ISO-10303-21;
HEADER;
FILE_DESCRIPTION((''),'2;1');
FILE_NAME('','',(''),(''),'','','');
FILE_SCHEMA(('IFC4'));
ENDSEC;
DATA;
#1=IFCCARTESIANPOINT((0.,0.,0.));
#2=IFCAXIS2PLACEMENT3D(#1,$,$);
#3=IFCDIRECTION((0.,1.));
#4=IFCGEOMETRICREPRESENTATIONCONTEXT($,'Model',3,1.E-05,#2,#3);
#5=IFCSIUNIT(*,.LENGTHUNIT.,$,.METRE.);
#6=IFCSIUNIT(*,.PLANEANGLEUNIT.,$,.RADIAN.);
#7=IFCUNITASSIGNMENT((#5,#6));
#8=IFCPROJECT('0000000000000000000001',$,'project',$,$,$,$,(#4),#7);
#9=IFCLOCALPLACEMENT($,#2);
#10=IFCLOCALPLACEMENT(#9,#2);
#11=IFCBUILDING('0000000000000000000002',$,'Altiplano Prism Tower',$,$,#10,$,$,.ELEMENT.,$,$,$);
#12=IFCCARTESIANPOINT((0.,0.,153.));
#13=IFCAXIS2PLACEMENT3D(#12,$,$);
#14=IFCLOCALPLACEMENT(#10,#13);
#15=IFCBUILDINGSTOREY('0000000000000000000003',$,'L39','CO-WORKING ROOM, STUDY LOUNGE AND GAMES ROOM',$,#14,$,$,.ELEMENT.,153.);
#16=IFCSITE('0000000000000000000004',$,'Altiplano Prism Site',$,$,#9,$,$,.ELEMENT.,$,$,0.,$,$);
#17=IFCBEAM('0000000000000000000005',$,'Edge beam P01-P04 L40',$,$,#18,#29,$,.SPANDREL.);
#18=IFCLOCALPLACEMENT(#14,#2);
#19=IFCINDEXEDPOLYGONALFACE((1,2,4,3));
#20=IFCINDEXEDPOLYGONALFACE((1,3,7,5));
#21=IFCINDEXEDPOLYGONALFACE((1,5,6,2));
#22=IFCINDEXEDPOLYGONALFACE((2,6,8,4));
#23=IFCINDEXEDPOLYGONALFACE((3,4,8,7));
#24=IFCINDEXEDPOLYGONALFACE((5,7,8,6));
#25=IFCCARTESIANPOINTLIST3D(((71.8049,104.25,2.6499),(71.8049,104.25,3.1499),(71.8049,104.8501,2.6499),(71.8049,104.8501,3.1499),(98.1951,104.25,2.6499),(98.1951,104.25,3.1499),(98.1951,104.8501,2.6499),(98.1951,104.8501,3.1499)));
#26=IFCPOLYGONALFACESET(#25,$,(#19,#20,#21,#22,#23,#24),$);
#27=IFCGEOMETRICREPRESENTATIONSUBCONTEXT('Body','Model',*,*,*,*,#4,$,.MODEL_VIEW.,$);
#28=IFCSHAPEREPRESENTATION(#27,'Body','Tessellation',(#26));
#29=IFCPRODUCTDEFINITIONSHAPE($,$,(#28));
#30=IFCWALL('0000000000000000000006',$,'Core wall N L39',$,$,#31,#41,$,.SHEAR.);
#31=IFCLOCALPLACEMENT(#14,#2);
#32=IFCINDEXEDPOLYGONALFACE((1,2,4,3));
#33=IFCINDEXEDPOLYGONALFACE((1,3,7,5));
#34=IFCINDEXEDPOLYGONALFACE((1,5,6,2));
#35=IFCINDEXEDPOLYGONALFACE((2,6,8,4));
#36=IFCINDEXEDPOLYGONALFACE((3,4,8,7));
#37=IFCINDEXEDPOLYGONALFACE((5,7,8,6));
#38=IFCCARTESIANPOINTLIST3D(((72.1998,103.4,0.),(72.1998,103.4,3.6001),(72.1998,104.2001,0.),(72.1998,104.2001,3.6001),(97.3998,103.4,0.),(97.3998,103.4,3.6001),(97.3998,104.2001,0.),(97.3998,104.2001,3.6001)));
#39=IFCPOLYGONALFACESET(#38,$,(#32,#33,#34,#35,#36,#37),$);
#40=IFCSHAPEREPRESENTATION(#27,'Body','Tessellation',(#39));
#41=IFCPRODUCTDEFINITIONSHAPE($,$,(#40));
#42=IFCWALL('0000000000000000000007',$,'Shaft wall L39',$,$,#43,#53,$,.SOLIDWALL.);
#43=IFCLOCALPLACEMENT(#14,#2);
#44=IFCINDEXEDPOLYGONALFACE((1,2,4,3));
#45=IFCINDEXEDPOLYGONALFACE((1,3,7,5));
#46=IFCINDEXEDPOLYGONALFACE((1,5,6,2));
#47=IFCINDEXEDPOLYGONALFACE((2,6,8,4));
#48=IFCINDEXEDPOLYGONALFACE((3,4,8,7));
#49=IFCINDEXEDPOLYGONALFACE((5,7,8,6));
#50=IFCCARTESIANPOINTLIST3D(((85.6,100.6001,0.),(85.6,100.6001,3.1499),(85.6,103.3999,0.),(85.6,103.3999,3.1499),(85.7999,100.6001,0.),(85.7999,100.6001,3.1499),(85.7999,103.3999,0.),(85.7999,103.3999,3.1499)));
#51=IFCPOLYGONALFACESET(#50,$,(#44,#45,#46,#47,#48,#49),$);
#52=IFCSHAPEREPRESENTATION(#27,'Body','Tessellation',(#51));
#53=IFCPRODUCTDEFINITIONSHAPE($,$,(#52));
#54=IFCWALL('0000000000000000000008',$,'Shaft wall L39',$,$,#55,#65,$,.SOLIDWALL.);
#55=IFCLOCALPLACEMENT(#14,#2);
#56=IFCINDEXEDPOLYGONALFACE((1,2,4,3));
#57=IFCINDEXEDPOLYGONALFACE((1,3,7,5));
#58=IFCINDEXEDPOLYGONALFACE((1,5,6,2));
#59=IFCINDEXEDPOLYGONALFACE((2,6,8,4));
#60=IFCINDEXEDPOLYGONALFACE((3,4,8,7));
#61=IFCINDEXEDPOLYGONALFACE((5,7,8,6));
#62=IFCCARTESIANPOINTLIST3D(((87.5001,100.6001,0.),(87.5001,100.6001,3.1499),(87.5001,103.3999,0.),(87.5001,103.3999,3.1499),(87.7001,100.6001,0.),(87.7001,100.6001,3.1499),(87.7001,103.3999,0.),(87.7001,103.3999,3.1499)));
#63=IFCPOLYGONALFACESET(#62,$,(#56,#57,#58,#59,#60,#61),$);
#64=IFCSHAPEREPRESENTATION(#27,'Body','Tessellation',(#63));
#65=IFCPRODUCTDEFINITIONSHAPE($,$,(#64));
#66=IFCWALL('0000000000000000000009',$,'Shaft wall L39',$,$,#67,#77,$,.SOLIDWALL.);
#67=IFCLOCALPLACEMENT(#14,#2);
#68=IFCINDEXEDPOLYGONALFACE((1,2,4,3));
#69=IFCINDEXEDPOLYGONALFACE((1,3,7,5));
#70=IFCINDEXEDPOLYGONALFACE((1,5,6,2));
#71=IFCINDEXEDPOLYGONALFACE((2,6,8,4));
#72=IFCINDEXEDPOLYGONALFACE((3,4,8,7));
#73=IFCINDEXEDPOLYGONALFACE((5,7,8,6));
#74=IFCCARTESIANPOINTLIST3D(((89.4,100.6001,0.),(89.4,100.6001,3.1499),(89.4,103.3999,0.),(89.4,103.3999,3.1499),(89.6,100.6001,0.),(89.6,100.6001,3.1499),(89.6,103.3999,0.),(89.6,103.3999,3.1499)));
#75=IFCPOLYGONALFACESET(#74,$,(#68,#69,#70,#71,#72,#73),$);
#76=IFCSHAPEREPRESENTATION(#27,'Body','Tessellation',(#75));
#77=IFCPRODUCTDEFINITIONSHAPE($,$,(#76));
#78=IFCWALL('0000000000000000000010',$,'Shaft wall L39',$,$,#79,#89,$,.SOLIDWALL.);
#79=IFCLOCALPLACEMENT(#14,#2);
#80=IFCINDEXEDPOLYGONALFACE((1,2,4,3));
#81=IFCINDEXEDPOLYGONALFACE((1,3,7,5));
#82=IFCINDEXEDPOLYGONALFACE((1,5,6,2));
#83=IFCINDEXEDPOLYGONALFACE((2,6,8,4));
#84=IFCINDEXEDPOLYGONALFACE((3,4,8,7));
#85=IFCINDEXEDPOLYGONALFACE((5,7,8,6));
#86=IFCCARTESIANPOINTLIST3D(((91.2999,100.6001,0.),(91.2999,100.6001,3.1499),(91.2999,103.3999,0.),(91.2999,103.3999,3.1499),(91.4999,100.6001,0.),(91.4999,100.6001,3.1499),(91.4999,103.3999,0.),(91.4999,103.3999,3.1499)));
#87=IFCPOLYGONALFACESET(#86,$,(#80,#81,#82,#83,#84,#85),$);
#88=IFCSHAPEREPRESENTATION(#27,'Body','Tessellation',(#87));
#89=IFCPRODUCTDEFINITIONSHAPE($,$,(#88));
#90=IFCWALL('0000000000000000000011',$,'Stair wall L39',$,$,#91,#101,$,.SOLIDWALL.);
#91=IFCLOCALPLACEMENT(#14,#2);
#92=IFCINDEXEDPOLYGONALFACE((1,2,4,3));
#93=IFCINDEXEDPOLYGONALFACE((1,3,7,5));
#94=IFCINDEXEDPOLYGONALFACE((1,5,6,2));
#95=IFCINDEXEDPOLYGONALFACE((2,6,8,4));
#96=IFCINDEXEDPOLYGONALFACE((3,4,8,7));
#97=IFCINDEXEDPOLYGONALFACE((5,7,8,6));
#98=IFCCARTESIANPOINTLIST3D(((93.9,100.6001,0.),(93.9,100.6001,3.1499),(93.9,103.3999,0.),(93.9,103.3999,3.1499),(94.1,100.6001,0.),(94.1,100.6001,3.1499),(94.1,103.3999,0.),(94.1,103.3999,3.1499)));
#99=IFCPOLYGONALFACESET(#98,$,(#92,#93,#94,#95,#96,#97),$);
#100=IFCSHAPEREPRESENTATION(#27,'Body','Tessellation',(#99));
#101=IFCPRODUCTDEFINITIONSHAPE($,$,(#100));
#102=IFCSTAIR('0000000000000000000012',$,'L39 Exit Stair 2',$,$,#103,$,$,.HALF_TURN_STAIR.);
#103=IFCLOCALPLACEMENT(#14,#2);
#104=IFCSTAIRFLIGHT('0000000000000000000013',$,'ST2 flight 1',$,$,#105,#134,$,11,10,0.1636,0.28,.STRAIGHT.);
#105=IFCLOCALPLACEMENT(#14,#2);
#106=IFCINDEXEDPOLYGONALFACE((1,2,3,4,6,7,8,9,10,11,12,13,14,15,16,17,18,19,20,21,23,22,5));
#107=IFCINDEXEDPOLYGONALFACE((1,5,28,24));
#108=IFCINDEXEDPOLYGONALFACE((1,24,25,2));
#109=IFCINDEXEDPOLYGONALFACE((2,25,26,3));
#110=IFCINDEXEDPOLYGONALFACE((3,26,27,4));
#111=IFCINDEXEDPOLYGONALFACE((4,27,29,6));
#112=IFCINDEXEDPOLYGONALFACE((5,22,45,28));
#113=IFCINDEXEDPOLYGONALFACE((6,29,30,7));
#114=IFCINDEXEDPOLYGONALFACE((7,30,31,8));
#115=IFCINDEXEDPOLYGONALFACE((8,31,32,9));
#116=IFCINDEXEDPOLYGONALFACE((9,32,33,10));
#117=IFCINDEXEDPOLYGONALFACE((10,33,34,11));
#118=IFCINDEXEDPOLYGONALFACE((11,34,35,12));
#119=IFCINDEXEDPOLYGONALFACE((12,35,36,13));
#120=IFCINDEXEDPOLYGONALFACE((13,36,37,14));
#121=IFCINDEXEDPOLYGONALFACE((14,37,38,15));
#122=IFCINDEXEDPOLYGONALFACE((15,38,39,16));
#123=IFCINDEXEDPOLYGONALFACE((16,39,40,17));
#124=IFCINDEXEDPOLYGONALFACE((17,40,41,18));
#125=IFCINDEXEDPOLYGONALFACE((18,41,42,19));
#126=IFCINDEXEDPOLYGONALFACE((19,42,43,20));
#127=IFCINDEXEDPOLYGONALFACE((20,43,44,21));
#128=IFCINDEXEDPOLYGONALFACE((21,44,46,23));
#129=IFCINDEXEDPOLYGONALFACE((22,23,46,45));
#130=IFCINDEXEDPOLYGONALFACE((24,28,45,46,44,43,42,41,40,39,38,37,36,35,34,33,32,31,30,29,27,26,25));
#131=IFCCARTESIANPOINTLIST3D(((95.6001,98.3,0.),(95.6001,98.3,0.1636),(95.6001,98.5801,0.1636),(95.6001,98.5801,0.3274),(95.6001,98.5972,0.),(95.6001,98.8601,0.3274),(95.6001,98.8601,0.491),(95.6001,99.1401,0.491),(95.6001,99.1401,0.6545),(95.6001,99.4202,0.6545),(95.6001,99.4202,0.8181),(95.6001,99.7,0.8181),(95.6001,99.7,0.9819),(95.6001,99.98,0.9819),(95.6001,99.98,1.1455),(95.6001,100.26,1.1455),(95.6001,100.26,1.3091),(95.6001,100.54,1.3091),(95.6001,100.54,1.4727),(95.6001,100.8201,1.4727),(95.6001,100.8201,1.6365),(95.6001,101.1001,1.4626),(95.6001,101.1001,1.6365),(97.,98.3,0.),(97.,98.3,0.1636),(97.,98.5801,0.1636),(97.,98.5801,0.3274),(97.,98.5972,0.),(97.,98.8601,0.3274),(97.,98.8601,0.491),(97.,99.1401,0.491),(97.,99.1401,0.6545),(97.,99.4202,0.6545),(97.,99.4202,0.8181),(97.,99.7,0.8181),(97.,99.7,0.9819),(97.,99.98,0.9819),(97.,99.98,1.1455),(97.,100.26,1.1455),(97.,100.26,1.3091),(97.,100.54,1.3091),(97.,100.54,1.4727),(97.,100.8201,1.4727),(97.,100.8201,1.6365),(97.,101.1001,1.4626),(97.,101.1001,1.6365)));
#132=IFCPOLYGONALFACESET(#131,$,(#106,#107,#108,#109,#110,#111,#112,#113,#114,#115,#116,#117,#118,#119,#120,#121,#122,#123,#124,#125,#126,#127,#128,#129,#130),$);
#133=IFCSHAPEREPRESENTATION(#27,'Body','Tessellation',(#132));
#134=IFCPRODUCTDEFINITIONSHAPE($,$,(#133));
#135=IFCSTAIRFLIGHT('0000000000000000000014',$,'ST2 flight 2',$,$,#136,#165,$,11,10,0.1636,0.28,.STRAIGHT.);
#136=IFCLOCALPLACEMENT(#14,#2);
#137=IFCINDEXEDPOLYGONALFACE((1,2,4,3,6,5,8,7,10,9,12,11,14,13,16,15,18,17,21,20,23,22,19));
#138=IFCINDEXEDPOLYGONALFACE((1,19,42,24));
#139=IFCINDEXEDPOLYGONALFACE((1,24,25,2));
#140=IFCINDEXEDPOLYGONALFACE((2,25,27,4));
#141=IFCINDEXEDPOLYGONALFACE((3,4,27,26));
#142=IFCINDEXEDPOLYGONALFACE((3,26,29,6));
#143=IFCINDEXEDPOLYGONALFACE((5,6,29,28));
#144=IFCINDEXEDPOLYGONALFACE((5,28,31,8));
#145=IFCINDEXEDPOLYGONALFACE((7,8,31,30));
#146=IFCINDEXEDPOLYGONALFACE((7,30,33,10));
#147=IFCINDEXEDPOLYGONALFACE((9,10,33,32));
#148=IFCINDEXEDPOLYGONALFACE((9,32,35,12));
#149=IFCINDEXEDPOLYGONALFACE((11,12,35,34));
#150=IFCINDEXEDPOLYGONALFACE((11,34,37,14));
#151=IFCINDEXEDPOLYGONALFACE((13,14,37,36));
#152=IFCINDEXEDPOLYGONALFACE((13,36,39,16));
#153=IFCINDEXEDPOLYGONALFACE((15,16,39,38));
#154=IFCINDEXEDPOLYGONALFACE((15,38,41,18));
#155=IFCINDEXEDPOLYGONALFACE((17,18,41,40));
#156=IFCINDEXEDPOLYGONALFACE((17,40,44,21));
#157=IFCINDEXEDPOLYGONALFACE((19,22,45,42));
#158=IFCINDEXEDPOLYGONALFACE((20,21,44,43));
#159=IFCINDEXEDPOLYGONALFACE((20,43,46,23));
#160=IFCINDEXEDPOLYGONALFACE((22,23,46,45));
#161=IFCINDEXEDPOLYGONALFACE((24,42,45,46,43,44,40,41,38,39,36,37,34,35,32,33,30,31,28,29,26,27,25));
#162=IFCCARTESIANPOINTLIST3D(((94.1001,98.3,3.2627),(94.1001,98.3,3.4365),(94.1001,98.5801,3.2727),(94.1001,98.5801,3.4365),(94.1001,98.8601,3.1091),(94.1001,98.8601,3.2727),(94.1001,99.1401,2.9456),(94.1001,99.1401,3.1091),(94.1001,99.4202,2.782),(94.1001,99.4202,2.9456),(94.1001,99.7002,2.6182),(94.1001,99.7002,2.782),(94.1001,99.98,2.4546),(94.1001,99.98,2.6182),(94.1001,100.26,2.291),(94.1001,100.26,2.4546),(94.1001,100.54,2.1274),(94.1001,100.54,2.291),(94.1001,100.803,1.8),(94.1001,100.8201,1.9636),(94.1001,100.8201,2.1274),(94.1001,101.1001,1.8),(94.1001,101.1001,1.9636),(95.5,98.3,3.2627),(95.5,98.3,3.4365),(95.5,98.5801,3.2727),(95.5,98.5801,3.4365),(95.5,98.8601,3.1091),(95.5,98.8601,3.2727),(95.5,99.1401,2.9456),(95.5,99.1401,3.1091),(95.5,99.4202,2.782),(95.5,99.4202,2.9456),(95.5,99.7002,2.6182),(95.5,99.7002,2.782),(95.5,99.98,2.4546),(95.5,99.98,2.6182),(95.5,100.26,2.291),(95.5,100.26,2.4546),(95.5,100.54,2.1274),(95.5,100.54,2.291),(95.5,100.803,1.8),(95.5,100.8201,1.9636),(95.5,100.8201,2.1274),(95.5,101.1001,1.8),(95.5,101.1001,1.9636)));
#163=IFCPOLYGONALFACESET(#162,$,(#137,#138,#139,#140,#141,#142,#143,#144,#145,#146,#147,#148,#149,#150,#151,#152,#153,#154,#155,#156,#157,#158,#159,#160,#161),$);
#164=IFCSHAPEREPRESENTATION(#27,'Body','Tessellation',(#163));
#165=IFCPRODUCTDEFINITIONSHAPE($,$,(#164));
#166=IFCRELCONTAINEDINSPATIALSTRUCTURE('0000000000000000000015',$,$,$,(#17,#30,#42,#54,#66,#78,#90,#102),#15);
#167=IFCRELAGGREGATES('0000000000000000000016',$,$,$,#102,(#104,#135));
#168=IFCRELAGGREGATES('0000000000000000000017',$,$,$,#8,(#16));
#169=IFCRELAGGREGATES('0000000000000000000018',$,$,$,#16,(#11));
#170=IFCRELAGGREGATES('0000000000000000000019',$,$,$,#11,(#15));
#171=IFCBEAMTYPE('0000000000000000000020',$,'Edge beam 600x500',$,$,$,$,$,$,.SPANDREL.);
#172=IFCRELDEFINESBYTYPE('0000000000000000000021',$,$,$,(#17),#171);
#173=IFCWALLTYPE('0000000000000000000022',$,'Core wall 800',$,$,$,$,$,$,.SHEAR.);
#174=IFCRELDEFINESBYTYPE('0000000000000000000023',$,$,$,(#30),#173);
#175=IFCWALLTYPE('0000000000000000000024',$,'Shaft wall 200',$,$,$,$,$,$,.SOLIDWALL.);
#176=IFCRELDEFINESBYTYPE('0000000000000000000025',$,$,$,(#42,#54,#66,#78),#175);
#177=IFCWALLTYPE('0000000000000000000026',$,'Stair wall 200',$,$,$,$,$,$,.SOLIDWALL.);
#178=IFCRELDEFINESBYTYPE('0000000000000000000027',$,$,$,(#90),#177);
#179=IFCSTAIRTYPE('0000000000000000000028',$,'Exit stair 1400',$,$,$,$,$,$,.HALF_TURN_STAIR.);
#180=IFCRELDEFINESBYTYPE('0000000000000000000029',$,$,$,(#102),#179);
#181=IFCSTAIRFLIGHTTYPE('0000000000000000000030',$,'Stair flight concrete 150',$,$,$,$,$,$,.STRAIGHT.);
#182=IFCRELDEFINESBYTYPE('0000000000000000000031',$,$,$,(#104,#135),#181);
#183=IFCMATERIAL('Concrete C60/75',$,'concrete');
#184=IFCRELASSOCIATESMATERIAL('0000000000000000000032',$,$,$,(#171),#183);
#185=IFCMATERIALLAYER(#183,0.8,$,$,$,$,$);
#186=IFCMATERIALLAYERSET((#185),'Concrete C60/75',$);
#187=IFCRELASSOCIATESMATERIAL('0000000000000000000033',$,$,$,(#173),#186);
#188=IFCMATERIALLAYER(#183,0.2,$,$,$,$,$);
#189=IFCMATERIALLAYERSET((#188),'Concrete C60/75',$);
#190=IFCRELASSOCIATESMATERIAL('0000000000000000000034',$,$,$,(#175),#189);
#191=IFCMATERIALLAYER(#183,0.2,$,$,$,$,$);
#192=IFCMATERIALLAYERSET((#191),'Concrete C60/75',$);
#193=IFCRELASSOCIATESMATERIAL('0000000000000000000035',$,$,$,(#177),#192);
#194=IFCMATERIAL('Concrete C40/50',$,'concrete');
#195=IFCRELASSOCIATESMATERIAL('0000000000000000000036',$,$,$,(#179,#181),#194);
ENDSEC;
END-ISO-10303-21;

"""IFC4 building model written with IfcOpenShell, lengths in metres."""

from ifc_helpers import new_model, si_unit, direction, frame, frame_2d, origin, origin_2d, place, context, subcontext, project, spatial, polyline, rectangle, outline, extrude, material, layer, layer_set, material_profile, profile_set, type_object, element, aggregate, save


model = new_model("IFC4")

# Units and contexts
model_context = context("Model", 3, precision=1e-05, world=origin(), true_north=direction((0.0, 1.0)))
body_context = subcontext(model_context, "Body", "Model", "MODEL_VIEW")
ifc_project = project(units=[si_unit("LENGTHUNIT", "METRE"), si_unit("PLANEANGLEUNIT", "RADIAN")], contexts=[model_context])

# Site, building, storey
site_placement = place(None, origin())
site = spatial("IfcSite", under=ifc_project, at=site_placement, Name="Altiplano Prism Site", CompositionType="ELEMENT", RefElevation=0.0)
building_placement = place(site_placement, origin())
building = spatial("IfcBuilding", under=site, at=building_placement, Name="Altiplano Prism Tower", CompositionType="ELEMENT")
storey_placement = place(building_placement, frame((0.0, 0.0, 153.0)))
storey = spatial("IfcBuildingStorey", under=building, at=storey_placement, Name="L39", Description="CO-WORKING ROOM, STUDY LOUNGE AND GAMES ROOM", CompositionType="ELEMENT", Elevation=153.0)

# Beam
ifc_material_1 = material(Name="Concrete C60/75", Category="concrete")
ifc_material_profile = material_profile(ifc_material_1, rectangle(XDim=0.6001, YDim=0.5, at=origin_2d()), Name="Edge beam 600x500")
ifc_profile_set = profile_set([ifc_material_profile], Name="Concrete C60/75")
beam_type = type_object("IfcBeamType", Name="Edge beam 600x500", PredefinedType="SPANDREL", material=ifc_profile_set)
beam_placement = place(storey_placement, frame((98.1951, 104.55, 2.8999), z_axis=(-1.0, 0.0, 0.0), x_axis=(0.0, -1.0, 0.0)))
element("IfcBeam", 1, at=beam_placement, inside=storey, type_object=beam_type, Name="Edge beam P01-P04 L40", PredefinedType="SPANDREL", context=body_context, shape_type="SweptSolid", body=[
    extrude(rectangle(XDim=0.6001, YDim=0.5, at=origin_2d()), origin(), (0.0, 0.0, 1.0), 26.3901),
])

# Walls
ifc_layer_1 = layer(ifc_material_1, 0.8)
ifc_layer_set_1 = layer_set([ifc_layer_1], Name="Concrete C60/75")
wall_type_1 = type_object("IfcWallType", Name="Core wall 800", PredefinedType="SHEAR", material=ifc_layer_set_1)
wall_1_placement = place(storey_placement, frame((97.3999, 103.8, 0.0), z_axis=(0.0, 0.0, 1.0), x_axis=(-1.0, 0.0, 0.0)))
element("IfcWall", 2, at=wall_1_placement, inside=storey, type_object=wall_type_1, Name="Core wall N L39", PredefinedType="SHEAR", context=body_context, shape_type="SweptSolid", body=[
    extrude(rectangle(XDim=25.2, YDim=0.8, at=frame_2d((12.6001, 0.0))), origin(), (0.0, 0.0, 1.0), 3.6001),
])
ifc_layer_2 = layer(ifc_material_1, 0.2)
ifc_layer_set_2 = layer_set([ifc_layer_2], Name="Concrete C60/75")
wall_type_2 = type_object("IfcWallType", Name="Shaft wall 200", PredefinedType="SOLIDWALL", material=ifc_layer_set_2)
for number, where, z_axis, x_axis, name in (
    (3, (85.7, 100.6001, 0.0), (0.0, 0.0, 1.0), (0.0, 1.0, 0.0), "Shaft wall L39"),
    (4, (87.6001, 100.6001, 0.0), (0.0, 0.0, 1.0), (0.0, 1.0, 0.0), "Shaft wall L39"),
    (5, (89.5, 100.6001, 0.0), (0.0, 0.0, 1.0), (0.0, 1.0, 0.0), "Shaft wall L39"),
    (6, (91.3999, 100.6001, 0.0), (0.0, 0.0, 1.0), (0.0, 1.0, 0.0), "Shaft wall L39"),
):
    element("IfcWall", number, at=place(storey_placement, frame(where, z_axis=z_axis, x_axis=x_axis)), inside=storey, type_object=wall_type_2, Name=name, PredefinedType="SOLIDWALL", context=body_context, shape_type="SweptSolid", body=[
        extrude(rectangle(XDim=2.7998, YDim=0.2, at=frame_2d((1.3999, 0.0))), origin(), (0.0, 0.0, 1.0), 3.1499),
    ])
ifc_layer_3 = layer(ifc_material_1, 0.2)
ifc_layer_set_3 = layer_set([ifc_layer_3], Name="Concrete C60/75")
wall_type_3 = type_object("IfcWallType", Name="Stair wall 200", PredefinedType="SOLIDWALL", material=ifc_layer_set_3)
wall_2_placement = place(storey_placement, frame((94.0, 100.6001, 0.0), z_axis=(0.0, 0.0, 1.0), x_axis=(0.0, 1.0, 0.0)))
element("IfcWall", 7, at=wall_2_placement, inside=storey, type_object=wall_type_3, Name="Stair wall L39", PredefinedType="SOLIDWALL", context=body_context, shape_type="SweptSolid", body=[
    extrude(rectangle(XDim=2.7998, YDim=0.2, at=frame_2d((1.3999, 0.0))), origin(), (0.0, 0.0, 1.0), 3.1499),
])

# Stair, stair flights
ifc_material_2 = material(Name="Concrete C40/50", Category="concrete")
stair_type = type_object("IfcStairType", Name="Exit stair 1400", PredefinedType="HALF_TURN_STAIR", material=ifc_material_2)
stair_placement = place(storey_placement, origin())
stair = element("IfcStair", 8, at=stair_placement, inside=storey, type_object=stair_type, Name="L39 Exit Stair 2", PredefinedType="HALF_TURN_STAIR")
stair_flight_type = type_object("IfcStairFlightType", Name="Stair flight concrete 150", PredefinedType="STRAIGHT", material=ifc_material_2)
stair_flight_1_placement = place(storey_placement, frame((96.3, 98.3, 0.0), z_axis=(0.0, 0.0, 1.0), x_axis=(0.0, 1.0, 0.0)))
stair_flight_1 = element("IfcStairFlight", 9, at=stair_flight_1_placement, type_object=stair_flight_type, Name="ST2 flight 1", NumberOfRisers=11, NumberOfTreads=10, PredefinedType="STRAIGHT", RiserHeight=0.1636, TreadLength=0.28, context=body_context, shape_type="SweptSolid", body=[
    extrude(outline(polyline([(0.0, 0.0), (0.0, 0.1636), (0.28, 0.1636), (0.28, 0.3274), (0.5601, 0.3274), (0.5601, 0.491), (0.8401, 0.491), (0.8401, 0.6545), (1.1201, 0.6545), (1.1201, 0.8181), (1.3999, 0.8181), (1.3999, 0.9819), (1.6799, 0.9819), (1.6799, 1.1455), (1.96, 1.1455), (1.96, 1.3091), (2.24, 1.3091), (2.24, 1.4727), (2.52, 1.4727), (2.52, 1.6365), (2.8, 1.6365), (2.8, 1.8), (2.8, 1.4626), (0.2971, 0.0), (0.0, 0.0)])), frame((0.0, 0.7, 0.0), z_axis=(0.0, -1.0, 0.0), x_axis=(1.0, 0.0, 0.0)), (0.0, 0.0, 1.0), 1.3999),
])
stair_flight_2_placement = place(storey_placement, frame((94.8, 101.1001, 1.8), z_axis=(0.0, 0.0, 1.0), x_axis=(0.0, -1.0, 0.0)))
stair_flight_2 = element("IfcStairFlight", 10, at=stair_flight_2_placement, type_object=stair_flight_type, Name="ST2 flight 2", NumberOfRisers=11, NumberOfTreads=10, PredefinedType="STRAIGHT", RiserHeight=0.1636, TreadLength=0.28, context=body_context, shape_type="SweptSolid", body=[
    extrude(outline(polyline([(0.0, 0.0), (0.0, 0.1636), (0.28, 0.1636), (0.28, 0.3274), (0.5601, 0.3274), (0.5601, 0.491), (0.8401, 0.491), (0.8401, 0.6545), (1.1201, 0.6545), (1.1201, 0.8181), (1.3999, 0.8181), (1.3999, 0.9819), (1.6799, 0.9819), (1.6799, 1.1455), (1.96, 1.1455), (1.96, 1.3091), (2.24, 1.3091), (2.24, 1.4727), (2.52, 1.4727), (2.52, 1.6365), (2.8, 1.6365), (2.8, 1.8), (2.8, 1.4626), (0.2971, 0.0), (0.0, 0.0)])), frame((0.0, 0.7, 0.0), z_axis=(0.0, -1.0, 0.0), x_axis=(1.0, 0.0, 0.0)), (0.0, 0.0, 1.0), 1.3999),
])
aggregate(stair, [stair_flight_1, stair_flight_2])

save(model, "model.ifc")
